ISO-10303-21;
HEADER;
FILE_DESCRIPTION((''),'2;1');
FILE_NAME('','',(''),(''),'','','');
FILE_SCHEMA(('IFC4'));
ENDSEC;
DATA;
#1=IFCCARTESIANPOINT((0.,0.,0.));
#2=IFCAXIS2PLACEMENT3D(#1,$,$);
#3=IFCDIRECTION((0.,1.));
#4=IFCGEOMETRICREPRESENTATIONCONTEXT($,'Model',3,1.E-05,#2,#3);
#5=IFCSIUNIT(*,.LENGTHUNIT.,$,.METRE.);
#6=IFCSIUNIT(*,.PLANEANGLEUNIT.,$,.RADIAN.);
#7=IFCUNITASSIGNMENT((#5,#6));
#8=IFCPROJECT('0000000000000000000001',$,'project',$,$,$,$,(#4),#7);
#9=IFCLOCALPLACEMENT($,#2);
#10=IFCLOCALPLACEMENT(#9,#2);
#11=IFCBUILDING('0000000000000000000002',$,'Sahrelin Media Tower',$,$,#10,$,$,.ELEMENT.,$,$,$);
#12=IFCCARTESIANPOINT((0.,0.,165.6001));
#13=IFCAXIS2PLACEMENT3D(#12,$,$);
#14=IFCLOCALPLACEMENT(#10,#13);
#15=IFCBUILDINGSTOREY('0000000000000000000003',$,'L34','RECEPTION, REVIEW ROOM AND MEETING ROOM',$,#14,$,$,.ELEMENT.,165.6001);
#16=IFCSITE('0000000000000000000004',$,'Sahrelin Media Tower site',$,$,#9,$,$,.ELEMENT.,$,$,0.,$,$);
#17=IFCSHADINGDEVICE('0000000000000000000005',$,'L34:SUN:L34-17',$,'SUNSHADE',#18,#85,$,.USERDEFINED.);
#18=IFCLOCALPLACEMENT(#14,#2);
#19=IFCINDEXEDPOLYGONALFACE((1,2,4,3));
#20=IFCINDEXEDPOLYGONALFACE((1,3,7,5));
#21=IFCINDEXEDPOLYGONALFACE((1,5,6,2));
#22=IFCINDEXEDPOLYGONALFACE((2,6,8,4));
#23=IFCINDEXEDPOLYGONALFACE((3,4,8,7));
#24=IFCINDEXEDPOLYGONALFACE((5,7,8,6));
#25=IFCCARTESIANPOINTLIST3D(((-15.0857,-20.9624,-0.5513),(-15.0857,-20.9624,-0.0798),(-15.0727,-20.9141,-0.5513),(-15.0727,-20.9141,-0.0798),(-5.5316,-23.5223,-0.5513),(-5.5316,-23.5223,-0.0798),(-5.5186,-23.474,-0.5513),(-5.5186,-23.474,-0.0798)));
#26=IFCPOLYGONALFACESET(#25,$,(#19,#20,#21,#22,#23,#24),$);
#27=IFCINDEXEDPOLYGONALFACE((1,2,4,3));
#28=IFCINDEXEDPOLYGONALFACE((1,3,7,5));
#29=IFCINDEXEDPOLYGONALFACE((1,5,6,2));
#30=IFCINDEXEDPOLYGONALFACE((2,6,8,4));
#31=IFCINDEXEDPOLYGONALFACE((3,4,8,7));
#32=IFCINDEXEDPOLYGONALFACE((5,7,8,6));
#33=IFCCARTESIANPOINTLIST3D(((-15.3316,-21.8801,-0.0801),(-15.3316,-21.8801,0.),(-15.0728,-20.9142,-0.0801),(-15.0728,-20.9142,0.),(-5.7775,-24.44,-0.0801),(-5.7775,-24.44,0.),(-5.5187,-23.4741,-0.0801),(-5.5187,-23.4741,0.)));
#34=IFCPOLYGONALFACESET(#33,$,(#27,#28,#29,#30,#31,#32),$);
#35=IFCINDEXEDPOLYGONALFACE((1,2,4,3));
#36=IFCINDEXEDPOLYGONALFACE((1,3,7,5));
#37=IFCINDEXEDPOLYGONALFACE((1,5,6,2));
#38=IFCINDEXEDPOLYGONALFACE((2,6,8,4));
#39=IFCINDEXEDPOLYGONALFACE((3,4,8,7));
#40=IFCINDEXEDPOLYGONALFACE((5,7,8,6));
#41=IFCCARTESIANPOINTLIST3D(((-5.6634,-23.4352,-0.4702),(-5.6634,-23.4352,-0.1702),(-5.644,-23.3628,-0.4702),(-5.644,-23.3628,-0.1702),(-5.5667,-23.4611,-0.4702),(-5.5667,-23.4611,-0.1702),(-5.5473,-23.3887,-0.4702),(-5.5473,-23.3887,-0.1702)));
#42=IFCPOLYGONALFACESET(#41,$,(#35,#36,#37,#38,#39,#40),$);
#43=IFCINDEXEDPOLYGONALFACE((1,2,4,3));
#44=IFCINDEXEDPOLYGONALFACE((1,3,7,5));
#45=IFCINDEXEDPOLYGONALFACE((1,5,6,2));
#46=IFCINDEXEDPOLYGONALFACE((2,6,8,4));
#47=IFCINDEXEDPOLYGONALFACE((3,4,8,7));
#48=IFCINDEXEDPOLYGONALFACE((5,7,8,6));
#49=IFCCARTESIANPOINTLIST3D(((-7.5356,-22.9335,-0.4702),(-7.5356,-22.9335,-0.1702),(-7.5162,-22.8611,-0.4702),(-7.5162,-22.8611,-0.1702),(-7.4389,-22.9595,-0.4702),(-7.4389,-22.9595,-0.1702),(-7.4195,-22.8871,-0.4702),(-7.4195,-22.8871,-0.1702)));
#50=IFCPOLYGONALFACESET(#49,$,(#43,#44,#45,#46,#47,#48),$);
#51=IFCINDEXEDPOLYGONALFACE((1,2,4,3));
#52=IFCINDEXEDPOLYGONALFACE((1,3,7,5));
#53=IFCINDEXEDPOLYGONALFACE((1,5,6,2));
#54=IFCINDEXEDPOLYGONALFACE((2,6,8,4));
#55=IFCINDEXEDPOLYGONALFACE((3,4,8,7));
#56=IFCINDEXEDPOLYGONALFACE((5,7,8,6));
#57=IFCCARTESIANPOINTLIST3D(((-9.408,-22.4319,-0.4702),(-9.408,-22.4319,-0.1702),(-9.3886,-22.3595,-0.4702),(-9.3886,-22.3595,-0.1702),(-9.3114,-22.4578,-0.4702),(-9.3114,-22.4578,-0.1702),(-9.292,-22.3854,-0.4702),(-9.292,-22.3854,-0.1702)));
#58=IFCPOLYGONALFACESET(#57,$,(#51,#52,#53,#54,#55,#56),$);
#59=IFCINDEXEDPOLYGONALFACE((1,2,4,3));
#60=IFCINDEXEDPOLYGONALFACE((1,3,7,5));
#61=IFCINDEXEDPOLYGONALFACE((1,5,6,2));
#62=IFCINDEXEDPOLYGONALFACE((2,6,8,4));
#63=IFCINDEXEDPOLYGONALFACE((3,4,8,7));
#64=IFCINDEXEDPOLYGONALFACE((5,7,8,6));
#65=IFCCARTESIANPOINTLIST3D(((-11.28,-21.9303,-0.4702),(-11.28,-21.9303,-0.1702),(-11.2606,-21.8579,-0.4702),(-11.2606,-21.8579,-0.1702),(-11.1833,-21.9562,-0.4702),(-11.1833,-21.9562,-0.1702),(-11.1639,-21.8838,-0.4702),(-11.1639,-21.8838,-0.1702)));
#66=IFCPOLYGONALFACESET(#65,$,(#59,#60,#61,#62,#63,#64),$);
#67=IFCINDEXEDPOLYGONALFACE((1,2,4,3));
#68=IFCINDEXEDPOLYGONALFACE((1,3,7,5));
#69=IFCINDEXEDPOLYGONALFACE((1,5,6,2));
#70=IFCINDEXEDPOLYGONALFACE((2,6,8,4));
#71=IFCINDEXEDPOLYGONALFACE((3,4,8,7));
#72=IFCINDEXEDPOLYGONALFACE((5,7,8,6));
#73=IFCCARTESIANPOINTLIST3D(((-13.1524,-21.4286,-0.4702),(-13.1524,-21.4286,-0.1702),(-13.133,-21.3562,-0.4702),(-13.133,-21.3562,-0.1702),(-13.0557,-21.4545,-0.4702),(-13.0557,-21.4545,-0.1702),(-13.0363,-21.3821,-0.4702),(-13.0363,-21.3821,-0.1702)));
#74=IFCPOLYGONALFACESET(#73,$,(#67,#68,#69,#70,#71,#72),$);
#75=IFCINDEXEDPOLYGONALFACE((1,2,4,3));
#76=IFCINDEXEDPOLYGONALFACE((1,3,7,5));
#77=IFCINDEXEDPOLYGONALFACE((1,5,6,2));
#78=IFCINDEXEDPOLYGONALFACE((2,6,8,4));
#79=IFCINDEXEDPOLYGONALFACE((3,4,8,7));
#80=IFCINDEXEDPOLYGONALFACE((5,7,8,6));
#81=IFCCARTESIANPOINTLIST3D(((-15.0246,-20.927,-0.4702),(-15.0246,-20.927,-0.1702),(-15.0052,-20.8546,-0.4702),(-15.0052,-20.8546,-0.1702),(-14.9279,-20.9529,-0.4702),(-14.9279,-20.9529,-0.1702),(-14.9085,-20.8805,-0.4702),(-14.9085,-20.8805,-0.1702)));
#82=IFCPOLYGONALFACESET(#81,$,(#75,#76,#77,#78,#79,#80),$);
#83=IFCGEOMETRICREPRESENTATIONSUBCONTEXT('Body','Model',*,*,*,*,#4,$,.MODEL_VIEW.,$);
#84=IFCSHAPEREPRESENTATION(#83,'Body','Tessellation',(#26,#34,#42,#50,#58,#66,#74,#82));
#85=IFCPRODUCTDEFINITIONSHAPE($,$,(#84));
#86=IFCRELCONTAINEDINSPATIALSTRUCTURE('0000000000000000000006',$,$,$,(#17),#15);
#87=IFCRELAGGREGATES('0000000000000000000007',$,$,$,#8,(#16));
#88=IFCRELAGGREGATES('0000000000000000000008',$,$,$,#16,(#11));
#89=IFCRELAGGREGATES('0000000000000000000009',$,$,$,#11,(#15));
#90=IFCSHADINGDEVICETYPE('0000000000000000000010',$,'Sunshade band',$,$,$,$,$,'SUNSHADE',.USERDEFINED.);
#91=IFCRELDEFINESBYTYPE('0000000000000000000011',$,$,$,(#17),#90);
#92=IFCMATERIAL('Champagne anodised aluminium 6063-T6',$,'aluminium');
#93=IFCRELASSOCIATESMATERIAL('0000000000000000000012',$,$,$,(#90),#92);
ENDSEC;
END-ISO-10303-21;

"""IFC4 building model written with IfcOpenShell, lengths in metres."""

from ifc_helpers import new_model, si_unit, direction, frame, origin, origin_2d, place, context, subcontext, project, spatial, rectangle, extrude, material, type_object, element, save


model = new_model("IFC4")

# Units and contexts
model_context = context("Model", 3, precision=1e-05, world=origin(), true_north=direction((0.0, 1.0)))
body_context = subcontext(model_context, "Body", "Model", "MODEL_VIEW")
ifc_project = project(units=[si_unit("LENGTHUNIT", "METRE"), si_unit("PLANEANGLEUNIT", "RADIAN")], contexts=[model_context])

# Site, building, storey
site_placement = place(None, origin())
site = spatial("IfcSite", under=ifc_project, at=site_placement, Name="Sahrelin Media Tower site", CompositionType="ELEMENT", RefElevation=0.0)
building_placement = place(site_placement, origin())
building = spatial("IfcBuilding", under=site, at=building_placement, Name="Sahrelin Media Tower", CompositionType="ELEMENT")
storey_placement = place(building_placement, frame((0.0, 0.0, 165.6001)))
storey = spatial("IfcBuildingStorey", under=building, at=storey_placement, Name="L34", Description="RECEPTION, REVIEW ROOM AND MEETING ROOM", CompositionType="ELEMENT", Elevation=165.6001)

# Shared definitions
ifc_material_1 = material(Name="Champagne anodised aluminium 6063-T6", Category="aluminium")

# Shading device
placement = place(storey_placement, frame((-10.2905, -22.1748, 0.0), z_axis=(0.0, 0.0, 1.0), x_axis=(-0.965929, 0.258808, 0.0)))
shading_device_type_1 = type_object("IfcShadingDeviceType", Name="Sunshade band", ElementType="SUNSHADE", PredefinedType="USERDEFINED", material=ifc_material_1)
element("IfcShadingDevice", 1, at=placement, inside=storey, type_object=shading_device_type_1, Name="L34:SUN:L34-17", ObjectType="SUNSHADE", PredefinedType="USERDEFINED", context=body_context, shape_type="SweptSolid", body=[
    extrude(rectangle(XDim=9.8911, YDim=0.05, at=origin_2d()), frame((0.0, 0.0449, -0.5513)), (0.0, 0.0, 1.0), 0.4714),
    extrude(rectangle(XDim=9.8911, YDim=1.0, at=origin_2d()), frame((0.0, 0.52, -0.0801)), (0.0, 0.0, 1.0), 0.0801),
    extrude(rectangle(XDim=0.1001, YDim=0.075, at=origin_2d()), frame((-4.8457, -0.0176, -0.4702)), (0.0, 0.0, 1.0), 0.3),
    extrude(rectangle(XDim=0.1001, YDim=0.075, at=origin_2d()), frame((-2.9075, -0.0176, -0.4702)), (0.0, 0.0, 1.0), 0.3),
    extrude(rectangle(XDim=0.1001, YDim=0.075, at=origin_2d()), frame((-0.969, -0.0176, -0.4702)), (0.0, 0.0, 1.0), 0.3),
    extrude(rectangle(XDim=0.1001, YDim=0.075, at=origin_2d()), frame((0.969, -0.0176, -0.4702)), (0.0, 0.0, 1.0), 0.3),
    extrude(rectangle(XDim=0.1001, YDim=0.075, at=origin_2d()), frame((2.9075, -0.0176, -0.4702)), (0.0, 0.0, 1.0), 0.3),
    extrude(rectangle(XDim=0.1001, YDim=0.075, at=origin_2d()), frame((4.8457, -0.0176, -0.4702)), (0.0, 0.0, 1.0), 0.3),
])

save(model, "model.ifc")
